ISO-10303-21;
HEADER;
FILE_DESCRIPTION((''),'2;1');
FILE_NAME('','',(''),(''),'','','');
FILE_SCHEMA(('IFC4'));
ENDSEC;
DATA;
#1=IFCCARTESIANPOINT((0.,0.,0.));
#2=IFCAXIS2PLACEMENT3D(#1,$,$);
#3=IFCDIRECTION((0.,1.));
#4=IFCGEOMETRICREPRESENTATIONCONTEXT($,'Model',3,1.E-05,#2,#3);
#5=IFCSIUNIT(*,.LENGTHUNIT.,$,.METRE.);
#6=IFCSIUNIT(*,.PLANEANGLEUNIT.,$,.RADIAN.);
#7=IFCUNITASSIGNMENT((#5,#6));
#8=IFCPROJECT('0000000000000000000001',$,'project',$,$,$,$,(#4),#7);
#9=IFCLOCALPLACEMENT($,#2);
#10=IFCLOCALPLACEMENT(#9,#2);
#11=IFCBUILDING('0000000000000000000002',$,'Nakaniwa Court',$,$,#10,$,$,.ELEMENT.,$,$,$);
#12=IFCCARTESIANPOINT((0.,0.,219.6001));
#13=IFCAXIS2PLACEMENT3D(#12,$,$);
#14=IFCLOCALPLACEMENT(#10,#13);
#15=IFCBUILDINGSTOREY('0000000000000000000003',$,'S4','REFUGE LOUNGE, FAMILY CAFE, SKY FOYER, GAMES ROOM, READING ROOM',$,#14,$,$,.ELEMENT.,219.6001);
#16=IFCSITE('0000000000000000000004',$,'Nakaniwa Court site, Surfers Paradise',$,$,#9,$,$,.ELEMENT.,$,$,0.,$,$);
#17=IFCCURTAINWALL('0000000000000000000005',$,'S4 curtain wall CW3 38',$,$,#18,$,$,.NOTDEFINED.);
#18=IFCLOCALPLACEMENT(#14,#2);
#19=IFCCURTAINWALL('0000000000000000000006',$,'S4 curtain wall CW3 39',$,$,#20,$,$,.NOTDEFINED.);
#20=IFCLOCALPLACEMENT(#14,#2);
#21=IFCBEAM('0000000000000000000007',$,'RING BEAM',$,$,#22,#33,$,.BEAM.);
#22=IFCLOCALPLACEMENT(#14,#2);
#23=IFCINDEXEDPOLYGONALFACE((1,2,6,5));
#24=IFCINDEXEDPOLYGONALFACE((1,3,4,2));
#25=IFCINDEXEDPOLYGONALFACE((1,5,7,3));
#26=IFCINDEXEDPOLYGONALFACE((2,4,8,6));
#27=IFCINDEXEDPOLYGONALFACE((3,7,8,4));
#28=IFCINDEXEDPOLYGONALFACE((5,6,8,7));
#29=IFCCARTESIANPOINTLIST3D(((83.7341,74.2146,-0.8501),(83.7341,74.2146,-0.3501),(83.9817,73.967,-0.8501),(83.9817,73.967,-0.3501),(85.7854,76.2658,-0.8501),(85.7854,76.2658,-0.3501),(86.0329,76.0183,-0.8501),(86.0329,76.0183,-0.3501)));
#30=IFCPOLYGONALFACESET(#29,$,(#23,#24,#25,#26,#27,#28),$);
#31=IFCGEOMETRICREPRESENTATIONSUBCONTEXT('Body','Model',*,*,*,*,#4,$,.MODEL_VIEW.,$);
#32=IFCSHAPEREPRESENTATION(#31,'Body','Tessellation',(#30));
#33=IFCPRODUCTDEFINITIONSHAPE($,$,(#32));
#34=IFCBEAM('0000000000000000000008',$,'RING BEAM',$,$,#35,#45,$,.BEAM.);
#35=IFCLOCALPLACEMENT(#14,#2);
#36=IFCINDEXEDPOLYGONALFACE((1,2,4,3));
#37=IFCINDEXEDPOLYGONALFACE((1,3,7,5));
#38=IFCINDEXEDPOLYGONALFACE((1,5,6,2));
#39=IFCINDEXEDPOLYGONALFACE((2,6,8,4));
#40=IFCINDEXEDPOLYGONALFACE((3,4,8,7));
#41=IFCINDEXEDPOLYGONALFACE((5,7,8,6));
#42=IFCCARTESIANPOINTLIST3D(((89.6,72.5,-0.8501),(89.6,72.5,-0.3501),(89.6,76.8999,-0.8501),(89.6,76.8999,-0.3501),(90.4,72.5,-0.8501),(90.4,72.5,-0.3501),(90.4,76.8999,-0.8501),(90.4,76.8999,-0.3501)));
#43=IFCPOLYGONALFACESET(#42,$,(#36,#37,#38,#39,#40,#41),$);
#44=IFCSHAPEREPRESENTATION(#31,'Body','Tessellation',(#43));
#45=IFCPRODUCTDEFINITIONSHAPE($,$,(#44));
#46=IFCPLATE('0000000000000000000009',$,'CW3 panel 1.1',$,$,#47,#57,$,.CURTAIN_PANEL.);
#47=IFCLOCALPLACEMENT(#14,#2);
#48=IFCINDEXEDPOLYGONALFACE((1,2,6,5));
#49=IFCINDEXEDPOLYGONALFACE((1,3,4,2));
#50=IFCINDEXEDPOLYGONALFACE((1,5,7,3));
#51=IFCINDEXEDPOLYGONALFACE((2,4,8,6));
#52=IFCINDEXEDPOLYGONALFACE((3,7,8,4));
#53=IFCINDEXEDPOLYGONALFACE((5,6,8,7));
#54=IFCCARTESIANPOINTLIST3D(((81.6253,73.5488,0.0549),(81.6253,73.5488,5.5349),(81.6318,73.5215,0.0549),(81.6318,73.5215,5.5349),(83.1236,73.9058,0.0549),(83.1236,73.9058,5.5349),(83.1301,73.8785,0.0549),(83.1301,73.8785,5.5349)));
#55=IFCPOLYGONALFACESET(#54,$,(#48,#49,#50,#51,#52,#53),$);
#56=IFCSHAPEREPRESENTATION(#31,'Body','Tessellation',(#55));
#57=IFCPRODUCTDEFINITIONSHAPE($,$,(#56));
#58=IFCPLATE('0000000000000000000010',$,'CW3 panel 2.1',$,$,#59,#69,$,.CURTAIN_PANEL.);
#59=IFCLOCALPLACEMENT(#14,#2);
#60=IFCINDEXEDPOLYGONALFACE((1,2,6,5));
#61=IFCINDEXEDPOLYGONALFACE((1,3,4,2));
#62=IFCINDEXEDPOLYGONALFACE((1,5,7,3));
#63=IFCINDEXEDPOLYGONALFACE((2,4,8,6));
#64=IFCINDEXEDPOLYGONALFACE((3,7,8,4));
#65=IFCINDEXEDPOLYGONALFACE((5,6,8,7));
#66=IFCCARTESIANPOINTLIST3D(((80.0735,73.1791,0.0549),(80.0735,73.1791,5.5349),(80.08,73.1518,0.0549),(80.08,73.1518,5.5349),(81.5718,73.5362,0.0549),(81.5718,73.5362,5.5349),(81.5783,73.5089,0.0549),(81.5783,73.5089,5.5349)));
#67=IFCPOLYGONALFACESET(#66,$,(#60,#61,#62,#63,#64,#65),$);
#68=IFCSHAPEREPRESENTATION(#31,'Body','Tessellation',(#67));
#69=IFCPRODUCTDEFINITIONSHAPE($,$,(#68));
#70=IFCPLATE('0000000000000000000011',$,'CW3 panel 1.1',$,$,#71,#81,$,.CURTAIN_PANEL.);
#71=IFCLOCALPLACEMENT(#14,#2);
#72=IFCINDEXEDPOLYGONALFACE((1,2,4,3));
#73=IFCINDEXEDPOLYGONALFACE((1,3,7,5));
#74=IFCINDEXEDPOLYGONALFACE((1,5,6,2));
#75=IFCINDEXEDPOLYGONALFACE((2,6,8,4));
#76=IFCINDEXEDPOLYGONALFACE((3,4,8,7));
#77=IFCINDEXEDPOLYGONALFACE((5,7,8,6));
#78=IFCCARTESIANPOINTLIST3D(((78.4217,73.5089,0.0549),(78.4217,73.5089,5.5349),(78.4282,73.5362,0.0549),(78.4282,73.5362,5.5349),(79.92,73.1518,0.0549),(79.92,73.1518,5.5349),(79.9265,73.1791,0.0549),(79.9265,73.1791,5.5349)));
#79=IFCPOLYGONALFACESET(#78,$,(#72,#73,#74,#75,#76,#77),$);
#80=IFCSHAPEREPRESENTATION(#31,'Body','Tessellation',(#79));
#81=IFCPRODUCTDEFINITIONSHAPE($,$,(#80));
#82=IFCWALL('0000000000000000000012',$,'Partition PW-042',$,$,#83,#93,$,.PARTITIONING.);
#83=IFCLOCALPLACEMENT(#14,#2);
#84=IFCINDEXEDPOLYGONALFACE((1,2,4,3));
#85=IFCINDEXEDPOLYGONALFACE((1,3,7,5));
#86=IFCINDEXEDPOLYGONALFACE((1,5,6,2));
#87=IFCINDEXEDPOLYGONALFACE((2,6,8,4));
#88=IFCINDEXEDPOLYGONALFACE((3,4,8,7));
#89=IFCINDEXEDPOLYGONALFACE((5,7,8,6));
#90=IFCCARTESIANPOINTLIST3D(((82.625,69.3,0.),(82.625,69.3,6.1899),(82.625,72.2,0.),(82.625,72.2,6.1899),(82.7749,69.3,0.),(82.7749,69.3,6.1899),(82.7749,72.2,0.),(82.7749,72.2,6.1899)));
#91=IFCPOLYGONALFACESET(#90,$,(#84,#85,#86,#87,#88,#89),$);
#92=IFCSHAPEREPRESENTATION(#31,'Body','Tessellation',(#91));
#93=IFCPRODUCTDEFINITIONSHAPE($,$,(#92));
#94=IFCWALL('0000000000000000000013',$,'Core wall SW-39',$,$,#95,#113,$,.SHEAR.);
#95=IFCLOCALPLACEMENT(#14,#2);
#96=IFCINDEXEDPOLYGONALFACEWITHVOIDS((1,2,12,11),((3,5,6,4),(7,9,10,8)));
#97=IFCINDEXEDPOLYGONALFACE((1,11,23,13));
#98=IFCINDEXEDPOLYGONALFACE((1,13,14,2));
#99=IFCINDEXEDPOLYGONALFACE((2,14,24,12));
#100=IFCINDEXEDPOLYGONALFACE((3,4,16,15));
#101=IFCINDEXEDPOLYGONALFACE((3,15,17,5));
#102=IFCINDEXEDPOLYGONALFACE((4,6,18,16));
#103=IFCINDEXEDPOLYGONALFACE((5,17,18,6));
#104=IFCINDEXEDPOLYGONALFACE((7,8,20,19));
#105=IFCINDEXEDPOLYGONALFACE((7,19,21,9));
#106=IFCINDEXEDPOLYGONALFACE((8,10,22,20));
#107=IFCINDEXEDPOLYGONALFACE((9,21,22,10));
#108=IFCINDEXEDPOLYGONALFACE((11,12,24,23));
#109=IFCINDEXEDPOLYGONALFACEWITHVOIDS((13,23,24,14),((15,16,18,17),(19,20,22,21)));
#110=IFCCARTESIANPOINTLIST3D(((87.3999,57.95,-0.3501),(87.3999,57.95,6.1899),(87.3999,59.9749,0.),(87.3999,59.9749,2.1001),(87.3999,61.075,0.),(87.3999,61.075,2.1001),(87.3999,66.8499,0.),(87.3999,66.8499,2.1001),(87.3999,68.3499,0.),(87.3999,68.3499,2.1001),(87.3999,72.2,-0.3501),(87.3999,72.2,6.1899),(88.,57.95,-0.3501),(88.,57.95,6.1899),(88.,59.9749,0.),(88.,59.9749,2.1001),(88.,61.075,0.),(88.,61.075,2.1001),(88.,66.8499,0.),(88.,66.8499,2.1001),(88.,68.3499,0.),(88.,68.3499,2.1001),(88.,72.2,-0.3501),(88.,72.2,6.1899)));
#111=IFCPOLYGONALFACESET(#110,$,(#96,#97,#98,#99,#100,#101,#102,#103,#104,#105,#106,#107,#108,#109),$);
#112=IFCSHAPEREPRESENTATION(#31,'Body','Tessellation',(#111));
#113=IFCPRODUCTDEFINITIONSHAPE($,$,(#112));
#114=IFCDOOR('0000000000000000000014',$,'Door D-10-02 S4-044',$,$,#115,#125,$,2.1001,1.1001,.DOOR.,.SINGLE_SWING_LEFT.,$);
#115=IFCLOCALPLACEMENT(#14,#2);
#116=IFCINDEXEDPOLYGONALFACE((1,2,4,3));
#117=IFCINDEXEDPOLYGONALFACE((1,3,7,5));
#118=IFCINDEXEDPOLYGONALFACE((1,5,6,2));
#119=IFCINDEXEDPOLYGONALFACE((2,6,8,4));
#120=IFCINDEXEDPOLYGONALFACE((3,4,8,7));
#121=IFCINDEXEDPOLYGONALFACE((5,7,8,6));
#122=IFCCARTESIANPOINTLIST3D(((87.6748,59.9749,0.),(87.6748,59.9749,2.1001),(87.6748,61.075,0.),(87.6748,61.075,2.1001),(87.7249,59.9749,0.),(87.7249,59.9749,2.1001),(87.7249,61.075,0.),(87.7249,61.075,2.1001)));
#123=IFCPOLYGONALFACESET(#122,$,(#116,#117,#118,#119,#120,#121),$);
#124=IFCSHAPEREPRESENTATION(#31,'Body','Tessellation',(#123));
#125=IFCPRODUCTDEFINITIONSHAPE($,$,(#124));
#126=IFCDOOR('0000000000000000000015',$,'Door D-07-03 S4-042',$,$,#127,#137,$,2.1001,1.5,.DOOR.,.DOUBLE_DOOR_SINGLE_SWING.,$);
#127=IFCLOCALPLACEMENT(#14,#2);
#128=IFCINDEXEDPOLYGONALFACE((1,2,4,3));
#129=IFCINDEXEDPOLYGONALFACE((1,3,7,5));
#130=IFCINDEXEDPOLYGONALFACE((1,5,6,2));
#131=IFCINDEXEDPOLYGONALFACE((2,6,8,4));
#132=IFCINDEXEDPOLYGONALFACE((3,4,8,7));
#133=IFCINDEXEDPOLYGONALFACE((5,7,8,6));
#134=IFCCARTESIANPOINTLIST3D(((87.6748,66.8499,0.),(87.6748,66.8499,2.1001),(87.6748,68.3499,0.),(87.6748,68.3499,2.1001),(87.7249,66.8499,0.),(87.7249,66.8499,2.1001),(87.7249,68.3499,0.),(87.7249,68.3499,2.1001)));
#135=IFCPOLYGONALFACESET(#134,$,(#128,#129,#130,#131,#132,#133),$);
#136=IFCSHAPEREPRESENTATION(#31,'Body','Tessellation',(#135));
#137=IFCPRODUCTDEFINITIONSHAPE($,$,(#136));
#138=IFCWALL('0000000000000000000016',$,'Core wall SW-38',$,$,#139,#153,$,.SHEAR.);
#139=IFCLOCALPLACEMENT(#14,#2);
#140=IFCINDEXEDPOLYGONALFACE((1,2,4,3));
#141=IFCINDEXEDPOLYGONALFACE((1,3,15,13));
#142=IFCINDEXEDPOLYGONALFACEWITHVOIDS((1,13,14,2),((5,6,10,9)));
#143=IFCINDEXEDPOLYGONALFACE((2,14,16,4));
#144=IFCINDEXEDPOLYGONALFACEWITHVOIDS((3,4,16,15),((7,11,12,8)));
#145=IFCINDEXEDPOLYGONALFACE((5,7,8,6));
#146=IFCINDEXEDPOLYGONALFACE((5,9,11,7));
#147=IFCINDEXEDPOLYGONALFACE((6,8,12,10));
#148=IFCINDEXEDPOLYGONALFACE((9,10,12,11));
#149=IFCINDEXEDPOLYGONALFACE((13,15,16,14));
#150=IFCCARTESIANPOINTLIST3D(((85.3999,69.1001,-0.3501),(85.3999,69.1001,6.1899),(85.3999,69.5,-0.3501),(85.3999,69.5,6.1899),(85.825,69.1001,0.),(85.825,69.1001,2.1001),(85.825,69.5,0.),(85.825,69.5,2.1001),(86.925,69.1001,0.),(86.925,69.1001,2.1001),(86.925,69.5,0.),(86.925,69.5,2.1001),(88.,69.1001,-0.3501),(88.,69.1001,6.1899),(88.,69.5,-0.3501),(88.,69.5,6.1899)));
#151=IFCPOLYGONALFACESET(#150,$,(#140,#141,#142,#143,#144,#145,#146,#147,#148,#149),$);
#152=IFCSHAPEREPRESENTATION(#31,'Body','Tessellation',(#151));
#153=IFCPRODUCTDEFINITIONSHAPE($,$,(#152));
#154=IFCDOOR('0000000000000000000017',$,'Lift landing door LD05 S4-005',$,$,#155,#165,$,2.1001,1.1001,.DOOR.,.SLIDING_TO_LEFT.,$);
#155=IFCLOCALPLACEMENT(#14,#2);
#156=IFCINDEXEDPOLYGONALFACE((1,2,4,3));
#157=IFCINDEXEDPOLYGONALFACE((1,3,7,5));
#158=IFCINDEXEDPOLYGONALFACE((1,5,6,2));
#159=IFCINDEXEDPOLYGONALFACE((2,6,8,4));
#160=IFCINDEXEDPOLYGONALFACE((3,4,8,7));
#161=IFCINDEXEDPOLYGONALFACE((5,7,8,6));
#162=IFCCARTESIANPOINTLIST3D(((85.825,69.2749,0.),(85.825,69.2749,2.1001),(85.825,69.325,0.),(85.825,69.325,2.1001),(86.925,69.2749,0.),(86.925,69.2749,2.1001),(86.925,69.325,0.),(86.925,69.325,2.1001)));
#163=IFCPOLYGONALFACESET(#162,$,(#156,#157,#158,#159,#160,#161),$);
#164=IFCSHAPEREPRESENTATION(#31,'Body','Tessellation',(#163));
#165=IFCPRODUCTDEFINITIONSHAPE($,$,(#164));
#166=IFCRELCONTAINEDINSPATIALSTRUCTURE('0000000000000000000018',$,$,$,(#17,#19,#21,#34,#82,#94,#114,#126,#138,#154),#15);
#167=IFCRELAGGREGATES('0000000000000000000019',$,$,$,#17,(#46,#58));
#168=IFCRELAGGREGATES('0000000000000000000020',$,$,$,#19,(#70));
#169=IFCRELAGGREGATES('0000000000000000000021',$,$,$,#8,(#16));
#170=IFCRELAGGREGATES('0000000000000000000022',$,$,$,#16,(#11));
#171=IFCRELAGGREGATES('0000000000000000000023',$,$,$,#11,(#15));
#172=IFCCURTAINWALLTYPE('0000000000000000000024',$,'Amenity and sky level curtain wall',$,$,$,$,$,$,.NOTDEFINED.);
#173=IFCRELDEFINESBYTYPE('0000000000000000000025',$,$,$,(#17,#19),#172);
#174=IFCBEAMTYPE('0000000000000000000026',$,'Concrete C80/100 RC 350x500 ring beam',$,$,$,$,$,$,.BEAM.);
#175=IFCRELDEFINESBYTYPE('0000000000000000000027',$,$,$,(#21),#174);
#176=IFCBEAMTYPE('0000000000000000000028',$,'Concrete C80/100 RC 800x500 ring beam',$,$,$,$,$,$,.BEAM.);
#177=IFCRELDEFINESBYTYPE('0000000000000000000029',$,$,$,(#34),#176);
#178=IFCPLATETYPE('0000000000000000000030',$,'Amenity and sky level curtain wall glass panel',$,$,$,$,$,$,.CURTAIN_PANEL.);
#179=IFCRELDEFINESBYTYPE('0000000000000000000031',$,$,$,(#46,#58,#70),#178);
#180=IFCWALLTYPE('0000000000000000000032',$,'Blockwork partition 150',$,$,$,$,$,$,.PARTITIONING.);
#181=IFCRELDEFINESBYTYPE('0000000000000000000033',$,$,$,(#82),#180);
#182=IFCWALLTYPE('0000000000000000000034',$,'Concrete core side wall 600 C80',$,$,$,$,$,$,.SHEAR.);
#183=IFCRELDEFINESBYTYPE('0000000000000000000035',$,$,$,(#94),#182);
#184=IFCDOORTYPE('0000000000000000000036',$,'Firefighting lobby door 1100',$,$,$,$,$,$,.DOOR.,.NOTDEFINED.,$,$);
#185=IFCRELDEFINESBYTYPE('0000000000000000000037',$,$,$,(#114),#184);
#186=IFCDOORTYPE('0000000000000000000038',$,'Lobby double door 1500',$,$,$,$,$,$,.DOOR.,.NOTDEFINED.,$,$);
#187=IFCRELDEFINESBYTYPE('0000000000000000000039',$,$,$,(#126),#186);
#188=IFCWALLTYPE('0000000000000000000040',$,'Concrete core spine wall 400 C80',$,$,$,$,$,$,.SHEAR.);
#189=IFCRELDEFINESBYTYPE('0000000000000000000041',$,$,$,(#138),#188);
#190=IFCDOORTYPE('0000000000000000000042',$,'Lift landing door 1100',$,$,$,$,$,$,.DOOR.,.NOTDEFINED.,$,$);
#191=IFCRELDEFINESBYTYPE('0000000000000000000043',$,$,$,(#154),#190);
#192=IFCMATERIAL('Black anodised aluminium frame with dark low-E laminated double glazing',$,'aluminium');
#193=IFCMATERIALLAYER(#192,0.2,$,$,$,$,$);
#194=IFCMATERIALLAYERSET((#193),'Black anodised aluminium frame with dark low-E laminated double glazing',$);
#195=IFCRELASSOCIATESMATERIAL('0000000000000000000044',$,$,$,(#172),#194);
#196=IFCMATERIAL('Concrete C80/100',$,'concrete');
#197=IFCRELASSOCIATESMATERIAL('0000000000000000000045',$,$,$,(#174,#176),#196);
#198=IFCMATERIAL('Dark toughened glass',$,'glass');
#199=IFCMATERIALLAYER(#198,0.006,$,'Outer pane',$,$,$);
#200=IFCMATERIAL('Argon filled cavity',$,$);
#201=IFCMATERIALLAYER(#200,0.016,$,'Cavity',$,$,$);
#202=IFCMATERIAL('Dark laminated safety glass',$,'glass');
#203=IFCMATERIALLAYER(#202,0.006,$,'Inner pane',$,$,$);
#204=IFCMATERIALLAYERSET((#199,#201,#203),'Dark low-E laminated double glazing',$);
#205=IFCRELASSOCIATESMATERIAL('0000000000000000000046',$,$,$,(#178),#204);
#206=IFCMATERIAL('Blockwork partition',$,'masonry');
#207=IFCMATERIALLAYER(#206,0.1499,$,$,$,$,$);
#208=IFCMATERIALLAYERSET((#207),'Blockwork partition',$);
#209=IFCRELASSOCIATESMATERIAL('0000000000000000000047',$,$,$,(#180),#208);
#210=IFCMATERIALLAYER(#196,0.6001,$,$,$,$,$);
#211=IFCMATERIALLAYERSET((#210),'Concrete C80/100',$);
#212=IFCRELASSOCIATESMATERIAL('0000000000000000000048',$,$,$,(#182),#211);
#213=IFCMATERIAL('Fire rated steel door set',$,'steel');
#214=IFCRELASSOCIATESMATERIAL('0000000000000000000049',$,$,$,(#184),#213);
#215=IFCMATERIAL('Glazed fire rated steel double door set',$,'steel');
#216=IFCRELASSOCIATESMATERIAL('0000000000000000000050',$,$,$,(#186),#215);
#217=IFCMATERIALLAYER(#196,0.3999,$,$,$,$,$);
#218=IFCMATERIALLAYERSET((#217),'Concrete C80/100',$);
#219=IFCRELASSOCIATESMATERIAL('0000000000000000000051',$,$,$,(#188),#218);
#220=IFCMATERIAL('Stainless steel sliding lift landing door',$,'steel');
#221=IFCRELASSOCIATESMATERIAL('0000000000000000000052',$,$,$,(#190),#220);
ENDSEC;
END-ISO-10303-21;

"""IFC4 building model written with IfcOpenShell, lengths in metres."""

from ifc_helpers import new_model, si_unit, direction, frame, frame_2d, origin, origin_2d, place, context, subcontext, project, spatial, rectangle, extrude, material, layer, layer_set, material_profile, profile_set, type_object, element, fill, aggregate, save


model = new_model("IFC4")

# Units and contexts
model_context = context("Model", 3, precision=1e-05, world=origin(), true_north=direction((0.0, 1.0)))
body_context = subcontext(model_context, "Body", "Model", "MODEL_VIEW")
ifc_project = project(units=[si_unit("LENGTHUNIT", "METRE"), si_unit("PLANEANGLEUNIT", "RADIAN")], contexts=[model_context])

# Site, building, storey
site_placement = place(None, origin())
site = spatial("IfcSite", under=ifc_project, at=site_placement, Name="Nakaniwa Court site, Surfers Paradise", CompositionType="ELEMENT", RefElevation=0.0)
building_placement = place(site_placement, origin())
building = spatial("IfcBuilding", under=site, at=building_placement, Name="Nakaniwa Court", CompositionType="ELEMENT")
storey_placement = place(building_placement, frame((0.0, 0.0, 219.6001)))
storey = spatial("IfcBuildingStorey", under=building, at=storey_placement, Name="S4", Description="REFUGE LOUNGE, FAMILY CAFE, SKY FOYER, GAMES ROOM, READING ROOM", CompositionType="ELEMENT", Elevation=219.6001)

# Shared definitions
ifc_material_1 = material(Name="Concrete C80/100", Category="concrete")

# Shared definitions
ifc_material_2 = material(Name="Black anodised aluminium frame with dark low-E laminated double glazing", Category="aluminium")
ifc_layer_1 = layer(ifc_material_2, 0.2)
ifc_layer_set_1 = layer_set([ifc_layer_1], Name="Black anodised aluminium frame with dark low-E laminated double glazing")
curtain_wall_type = type_object("IfcCurtainWallType", Name="Amenity and sky level curtain wall", PredefinedType="NOTDEFINED", material=ifc_layer_set_1)

# Curtain walls
curtain_wall_1_placement = place(storey_placement, origin())
curtain_wall_1 = element("IfcCurtainWall", 1, at=curtain_wall_1_placement, inside=storey, type_object=curtain_wall_type, Name="S4 curtain wall CW3 38", PredefinedType="NOTDEFINED")
curtain_wall_2_placement = place(storey_placement, origin())
curtain_wall_2 = element("IfcCurtainWall", 2, at=curtain_wall_2_placement, inside=storey, type_object=curtain_wall_type, Name="S4 curtain wall CW3 39", PredefinedType="NOTDEFINED")

# Beams
ifc_material_profile_1 = material_profile(ifc_material_1, rectangle(XDim=0.3501, YDim=0.5, at=origin_2d()), Name="Concrete C80/100 RC 350x500 ring beam")
ifc_profile_set_1 = profile_set([ifc_material_profile_1], Name="Concrete C80/100")
beam_type_1 = type_object("IfcBeamType", Name="Concrete C80/100 RC 350x500 ring beam", PredefinedType="BEAM", material=ifc_profile_set_1)
beam_1_placement = place(storey_placement, frame((83.8579, 74.0908, -0.6001), z_axis=(0.707107, 0.707107, 0.0), x_axis=(-0.707107, 0.707107, 0.0)))
element("IfcBeam", 3, at=beam_1_placement, inside=storey, type_object=beam_type_1, Name="RING BEAM", PredefinedType="BEAM", context=body_context, shape_type="SweptSolid", body=[
    extrude(rectangle(XDim=0.3501, YDim=0.5, at=origin_2d()), origin(), (0.0, 0.0, 1.0), 2.9009),
])
ifc_material_profile_2 = material_profile(ifc_material_1, rectangle(XDim=0.8, YDim=0.5, at=origin_2d()), Name="Concrete C80/100 RC 800x500 ring beam")
ifc_profile_set_2 = profile_set([ifc_material_profile_2], Name="Concrete C80/100")
beam_type_2 = type_object("IfcBeamType", Name="Concrete C80/100 RC 800x500 ring beam", PredefinedType="BEAM", material=ifc_profile_set_2)
beam_2_placement = place(storey_placement, frame((90.0, 72.5, -0.6001), z_axis=(0.0, 1.0, 0.0), x_axis=(-1.0, 0.0, 0.0)))
element("IfcBeam", 4, at=beam_2_placement, inside=storey, type_object=beam_type_2, Name="RING BEAM", PredefinedType="BEAM", context=body_context, shape_type="SweptSolid", body=[
    extrude(rectangle(XDim=0.8, YDim=0.5, at=origin_2d()), origin(), (0.0, 0.0, 1.0), 4.3999),
])

# Plates
ifc_material_3 = material(Name="Dark toughened glass", Category="glass")
ifc_layer_2 = layer(ifc_material_3, 0.006, Name="Outer pane")
ifc_material_4 = material(Name="Argon filled cavity")
ifc_layer_3 = layer(ifc_material_4, 0.016, Name="Cavity")
ifc_material_5 = material(Name="Dark laminated safety glass", Category="glass")
ifc_layer_4 = layer(ifc_material_5, 0.006, Name="Inner pane")
ifc_layer_set_2 = layer_set([ifc_layer_2, ifc_layer_3, ifc_layer_4], Name="Dark low-E laminated double glazing")
plate_type = type_object("IfcPlateType", Name="Amenity and sky level curtain wall glass panel", PredefinedType="CURTAIN_PANEL", material=ifc_layer_set_2)
plate_1_placement = place(storey_placement, frame((82.3777, 73.7136, 0.0549), z_axis=(0.0, 0.0, 1.0), x_axis=(-0.972766, -0.231791, 0.0)))
plate_1 = element("IfcPlate", 5, at=plate_1_placement, type_object=plate_type, Name="CW3 panel 1.1", PredefinedType="CURTAIN_PANEL", context=body_context, shape_type="SweptSolid", body=[
    extrude(rectangle(XDim=1.5403, YDim=0.0281, at=origin_2d()), origin(), (0.0, 0.0, 1.0), 5.48),
])
plate_2_placement = place(storey_placement, frame((80.8259, 73.344, 0.0549), z_axis=(0.0, 0.0, 1.0), x_axis=(-0.972766, -0.231791, 0.0)))
plate_2 = element("IfcPlate", 6, at=plate_2_placement, type_object=plate_type, Name="CW3 panel 2.1", PredefinedType="CURTAIN_PANEL", context=body_context, shape_type="SweptSolid", body=[
    extrude(rectangle(XDim=1.5403, YDim=0.0281, at=origin_2d()), origin(), (0.0, 0.0, 1.0), 5.48),
])
aggregate(curtain_wall_1, [plate_1, plate_2])
plate_3_placement = place(storey_placement, frame((79.1741, 73.344, 0.0549), z_axis=(0.0, 0.0, 1.0), x_axis=(-0.972766, 0.231791, 0.0)))
plate_3 = element("IfcPlate", 7, at=plate_3_placement, type_object=plate_type, Name="CW3 panel 1.1", PredefinedType="CURTAIN_PANEL", context=body_context, shape_type="SweptSolid", body=[
    extrude(rectangle(XDim=1.5403, YDim=0.0281, at=origin_2d()), origin(), (0.0, 0.0, 1.0), 5.48),
])
aggregate(curtain_wall_2, [plate_3])

# Wall
ifc_material_6 = material(Name="Blockwork partition", Category="masonry")
ifc_layer_5 = layer(ifc_material_6, 0.1499)
ifc_layer_set_3 = layer_set([ifc_layer_5], Name="Blockwork partition")
wall_type_1 = type_object("IfcWallType", Name="Blockwork partition 150", PredefinedType="PARTITIONING", material=ifc_layer_set_3)
wall_1_placement = place(storey_placement, frame((82.7, 69.3, 0.0), z_axis=(0.0, 0.0, 1.0), x_axis=(0.0, 1.0, 0.0)))
element("IfcWall", 8, at=wall_1_placement, inside=storey, type_object=wall_type_1, Name="Partition PW-042", PredefinedType="PARTITIONING", context=body_context, shape_type="SweptSolid", body=[
    extrude(rectangle(XDim=2.8999, YDim=0.1499, at=frame_2d((1.45, 0.0))), origin(), (0.0, 0.0, 1.0), 6.1899),
])

# Wall, openings, doors
ifc_layer_6 = layer(ifc_material_1, 0.6001)
ifc_layer_set_4 = layer_set([ifc_layer_6], Name="Concrete C80/100")
wall_type_2 = type_object("IfcWallType", Name="Concrete core side wall 600 C80", PredefinedType="SHEAR", material=ifc_layer_set_4)
wall_2_placement = place(storey_placement, frame((87.7, 72.2, -0.3501), z_axis=(0.0, 0.0, 1.0), x_axis=(0.0, -1.0, 0.0)))
wall_2 = element("IfcWall", 9, at=wall_2_placement, inside=storey, type_object=wall_type_2, Name="Core wall SW-39", PredefinedType="SHEAR", context=body_context, shape_type="SweptSolid", body=[
    extrude(rectangle(XDim=14.25, YDim=0.6001, at=frame_2d((7.125, 0.0))), origin(), (0.0, 0.0, 1.0), 6.54),
])
opening_1_placement = place(wall_2_placement, frame((3.8501, 0.0, 0.3501)))
opening_1 = element("IfcOpeningElement", 10, at=opening_1_placement, cuts=wall_2, PredefinedType="OPENING", context=body_context, shape_type="SweptSolid", body=[
    extrude(rectangle(XDim=1.5, YDim=2.1001, at=frame_2d((0.75, 1.05))), frame((0.0, 0.3101, 0.0), z_axis=(0.0, -1.0, 0.0), x_axis=(1.0, 0.0, 0.0)), (0.0, 0.0, 1.0), 0.6201),
])
opening_2_placement = place(wall_2_placement, frame((11.125, 0.0, 0.3501)))
opening_2 = element("IfcOpeningElement", 11, at=opening_2_placement, cuts=wall_2, PredefinedType="OPENING", context=body_context, shape_type="SweptSolid", body=[
    extrude(rectangle(XDim=1.1001, YDim=2.1001, at=frame_2d((0.55, 1.05))), frame((0.0, 0.3101, 0.0), z_axis=(0.0, -1.0, 0.0), x_axis=(1.0, 0.0, 0.0)), (0.0, 0.0, 1.0), 0.6201),
])
ifc_material_7 = material(Name="Fire rated steel door set", Category="steel")
door_type_1 = type_object("IfcDoorType", Name="Firefighting lobby door 1100", OperationType="NOTDEFINED", PredefinedType="DOOR", material=ifc_material_7)
door_1_placement = place(opening_2_placement, origin())
door_1 = element("IfcDoor", 12, at=door_1_placement, inside=storey, type_object=door_type_1, Name="Door D-10-02 S4-044", OperationType="SINGLE_SWING_LEFT", OverallHeight=2.1001, OverallWidth=1.1001, PredefinedType="DOOR", context=body_context, shape_type="SweptSolid", body=[
    extrude(rectangle(XDim=1.1001, YDim=2.1001, at=frame_2d((0.55, 1.05))), frame((0.0, 0.0249, 0.0), z_axis=(0.0, -1.0, 0.0), x_axis=(1.0, 0.0, 0.0)), (0.0, 0.0, 1.0), 0.05),
])
fill(opening_2, door_1)
ifc_material_8 = material(Name="Glazed fire rated steel double door set", Category="steel")
door_type_2 = type_object("IfcDoorType", Name="Lobby double door 1500", OperationType="NOTDEFINED", PredefinedType="DOOR", material=ifc_material_8)
door_2_placement = place(opening_1_placement, origin())
door_2 = element("IfcDoor", 13, at=door_2_placement, inside=storey, type_object=door_type_2, Name="Door D-07-03 S4-042", OperationType="DOUBLE_DOOR_SINGLE_SWING", OverallHeight=2.1001, OverallWidth=1.5, PredefinedType="DOOR", context=body_context, shape_type="SweptSolid", body=[
    extrude(rectangle(XDim=1.5, YDim=2.1001, at=frame_2d((0.75, 1.05))), frame((0.0, 0.0249, 0.0), z_axis=(0.0, -1.0, 0.0), x_axis=(1.0, 0.0, 0.0)), (0.0, 0.0, 1.0), 0.05),
])
fill(opening_1, door_2)

# Wall, opening, door
ifc_layer_7 = layer(ifc_material_1, 0.3999)
ifc_layer_set_5 = layer_set([ifc_layer_7], Name="Concrete C80/100")
wall_type_3 = type_object("IfcWallType", Name="Concrete core spine wall 400 C80", PredefinedType="SHEAR", material=ifc_layer_set_5)
wall_3_placement = place(storey_placement, frame((85.3999, 69.3, -0.3501), z_axis=(0.0, 0.0, 1.0), x_axis=(1.0, 0.0, 0.0)))
wall_3 = element("IfcWall", 14, at=wall_3_placement, inside=storey, type_object=wall_type_3, Name="Core wall SW-38", PredefinedType="SHEAR", context=body_context, shape_type="SweptSolid", body=[
    extrude(rectangle(XDim=2.6001, YDim=0.3999, at=frame_2d((1.3, 0.0))), origin(), (0.0, 0.0, 1.0), 6.54),
])
opening_3_placement = place(wall_3_placement, frame((0.425, 0.0, 0.3501)))
opening_3 = element("IfcOpeningElement", 15, at=opening_3_placement, cuts=wall_3, PredefinedType="OPENING", context=body_context, shape_type="SweptSolid", body=[
    extrude(rectangle(XDim=1.1001, YDim=2.1001, at=frame_2d((0.55, 1.05))), frame((0.0, 0.21, 0.0), z_axis=(0.0, -1.0, 0.0), x_axis=(1.0, 0.0, 0.0)), (0.0, 0.0, 1.0), 0.4199),
])
ifc_material_9 = material(Name="Stainless steel sliding lift landing door", Category="steel")
door_type_3 = type_object("IfcDoorType", Name="Lift landing door 1100", OperationType="NOTDEFINED", PredefinedType="DOOR", material=ifc_material_9)
door_3_placement = place(opening_3_placement, origin())
door_3 = element("IfcDoor", 16, at=door_3_placement, inside=storey, type_object=door_type_3, Name="Lift landing door LD05 S4-005", OperationType="SLIDING_TO_LEFT", OverallHeight=2.1001, OverallWidth=1.1001, PredefinedType="DOOR", context=body_context, shape_type="SweptSolid", body=[
    extrude(rectangle(XDim=1.1001, YDim=2.1001, at=frame_2d((0.55, 1.05))), frame((0.0, 0.0249, 0.0), z_axis=(0.0, -1.0, 0.0), x_axis=(1.0, 0.0, 0.0)), (0.0, 0.0, 1.0), 0.05),
])
fill(opening_3, door_3)

save(model, "model.ifc")
